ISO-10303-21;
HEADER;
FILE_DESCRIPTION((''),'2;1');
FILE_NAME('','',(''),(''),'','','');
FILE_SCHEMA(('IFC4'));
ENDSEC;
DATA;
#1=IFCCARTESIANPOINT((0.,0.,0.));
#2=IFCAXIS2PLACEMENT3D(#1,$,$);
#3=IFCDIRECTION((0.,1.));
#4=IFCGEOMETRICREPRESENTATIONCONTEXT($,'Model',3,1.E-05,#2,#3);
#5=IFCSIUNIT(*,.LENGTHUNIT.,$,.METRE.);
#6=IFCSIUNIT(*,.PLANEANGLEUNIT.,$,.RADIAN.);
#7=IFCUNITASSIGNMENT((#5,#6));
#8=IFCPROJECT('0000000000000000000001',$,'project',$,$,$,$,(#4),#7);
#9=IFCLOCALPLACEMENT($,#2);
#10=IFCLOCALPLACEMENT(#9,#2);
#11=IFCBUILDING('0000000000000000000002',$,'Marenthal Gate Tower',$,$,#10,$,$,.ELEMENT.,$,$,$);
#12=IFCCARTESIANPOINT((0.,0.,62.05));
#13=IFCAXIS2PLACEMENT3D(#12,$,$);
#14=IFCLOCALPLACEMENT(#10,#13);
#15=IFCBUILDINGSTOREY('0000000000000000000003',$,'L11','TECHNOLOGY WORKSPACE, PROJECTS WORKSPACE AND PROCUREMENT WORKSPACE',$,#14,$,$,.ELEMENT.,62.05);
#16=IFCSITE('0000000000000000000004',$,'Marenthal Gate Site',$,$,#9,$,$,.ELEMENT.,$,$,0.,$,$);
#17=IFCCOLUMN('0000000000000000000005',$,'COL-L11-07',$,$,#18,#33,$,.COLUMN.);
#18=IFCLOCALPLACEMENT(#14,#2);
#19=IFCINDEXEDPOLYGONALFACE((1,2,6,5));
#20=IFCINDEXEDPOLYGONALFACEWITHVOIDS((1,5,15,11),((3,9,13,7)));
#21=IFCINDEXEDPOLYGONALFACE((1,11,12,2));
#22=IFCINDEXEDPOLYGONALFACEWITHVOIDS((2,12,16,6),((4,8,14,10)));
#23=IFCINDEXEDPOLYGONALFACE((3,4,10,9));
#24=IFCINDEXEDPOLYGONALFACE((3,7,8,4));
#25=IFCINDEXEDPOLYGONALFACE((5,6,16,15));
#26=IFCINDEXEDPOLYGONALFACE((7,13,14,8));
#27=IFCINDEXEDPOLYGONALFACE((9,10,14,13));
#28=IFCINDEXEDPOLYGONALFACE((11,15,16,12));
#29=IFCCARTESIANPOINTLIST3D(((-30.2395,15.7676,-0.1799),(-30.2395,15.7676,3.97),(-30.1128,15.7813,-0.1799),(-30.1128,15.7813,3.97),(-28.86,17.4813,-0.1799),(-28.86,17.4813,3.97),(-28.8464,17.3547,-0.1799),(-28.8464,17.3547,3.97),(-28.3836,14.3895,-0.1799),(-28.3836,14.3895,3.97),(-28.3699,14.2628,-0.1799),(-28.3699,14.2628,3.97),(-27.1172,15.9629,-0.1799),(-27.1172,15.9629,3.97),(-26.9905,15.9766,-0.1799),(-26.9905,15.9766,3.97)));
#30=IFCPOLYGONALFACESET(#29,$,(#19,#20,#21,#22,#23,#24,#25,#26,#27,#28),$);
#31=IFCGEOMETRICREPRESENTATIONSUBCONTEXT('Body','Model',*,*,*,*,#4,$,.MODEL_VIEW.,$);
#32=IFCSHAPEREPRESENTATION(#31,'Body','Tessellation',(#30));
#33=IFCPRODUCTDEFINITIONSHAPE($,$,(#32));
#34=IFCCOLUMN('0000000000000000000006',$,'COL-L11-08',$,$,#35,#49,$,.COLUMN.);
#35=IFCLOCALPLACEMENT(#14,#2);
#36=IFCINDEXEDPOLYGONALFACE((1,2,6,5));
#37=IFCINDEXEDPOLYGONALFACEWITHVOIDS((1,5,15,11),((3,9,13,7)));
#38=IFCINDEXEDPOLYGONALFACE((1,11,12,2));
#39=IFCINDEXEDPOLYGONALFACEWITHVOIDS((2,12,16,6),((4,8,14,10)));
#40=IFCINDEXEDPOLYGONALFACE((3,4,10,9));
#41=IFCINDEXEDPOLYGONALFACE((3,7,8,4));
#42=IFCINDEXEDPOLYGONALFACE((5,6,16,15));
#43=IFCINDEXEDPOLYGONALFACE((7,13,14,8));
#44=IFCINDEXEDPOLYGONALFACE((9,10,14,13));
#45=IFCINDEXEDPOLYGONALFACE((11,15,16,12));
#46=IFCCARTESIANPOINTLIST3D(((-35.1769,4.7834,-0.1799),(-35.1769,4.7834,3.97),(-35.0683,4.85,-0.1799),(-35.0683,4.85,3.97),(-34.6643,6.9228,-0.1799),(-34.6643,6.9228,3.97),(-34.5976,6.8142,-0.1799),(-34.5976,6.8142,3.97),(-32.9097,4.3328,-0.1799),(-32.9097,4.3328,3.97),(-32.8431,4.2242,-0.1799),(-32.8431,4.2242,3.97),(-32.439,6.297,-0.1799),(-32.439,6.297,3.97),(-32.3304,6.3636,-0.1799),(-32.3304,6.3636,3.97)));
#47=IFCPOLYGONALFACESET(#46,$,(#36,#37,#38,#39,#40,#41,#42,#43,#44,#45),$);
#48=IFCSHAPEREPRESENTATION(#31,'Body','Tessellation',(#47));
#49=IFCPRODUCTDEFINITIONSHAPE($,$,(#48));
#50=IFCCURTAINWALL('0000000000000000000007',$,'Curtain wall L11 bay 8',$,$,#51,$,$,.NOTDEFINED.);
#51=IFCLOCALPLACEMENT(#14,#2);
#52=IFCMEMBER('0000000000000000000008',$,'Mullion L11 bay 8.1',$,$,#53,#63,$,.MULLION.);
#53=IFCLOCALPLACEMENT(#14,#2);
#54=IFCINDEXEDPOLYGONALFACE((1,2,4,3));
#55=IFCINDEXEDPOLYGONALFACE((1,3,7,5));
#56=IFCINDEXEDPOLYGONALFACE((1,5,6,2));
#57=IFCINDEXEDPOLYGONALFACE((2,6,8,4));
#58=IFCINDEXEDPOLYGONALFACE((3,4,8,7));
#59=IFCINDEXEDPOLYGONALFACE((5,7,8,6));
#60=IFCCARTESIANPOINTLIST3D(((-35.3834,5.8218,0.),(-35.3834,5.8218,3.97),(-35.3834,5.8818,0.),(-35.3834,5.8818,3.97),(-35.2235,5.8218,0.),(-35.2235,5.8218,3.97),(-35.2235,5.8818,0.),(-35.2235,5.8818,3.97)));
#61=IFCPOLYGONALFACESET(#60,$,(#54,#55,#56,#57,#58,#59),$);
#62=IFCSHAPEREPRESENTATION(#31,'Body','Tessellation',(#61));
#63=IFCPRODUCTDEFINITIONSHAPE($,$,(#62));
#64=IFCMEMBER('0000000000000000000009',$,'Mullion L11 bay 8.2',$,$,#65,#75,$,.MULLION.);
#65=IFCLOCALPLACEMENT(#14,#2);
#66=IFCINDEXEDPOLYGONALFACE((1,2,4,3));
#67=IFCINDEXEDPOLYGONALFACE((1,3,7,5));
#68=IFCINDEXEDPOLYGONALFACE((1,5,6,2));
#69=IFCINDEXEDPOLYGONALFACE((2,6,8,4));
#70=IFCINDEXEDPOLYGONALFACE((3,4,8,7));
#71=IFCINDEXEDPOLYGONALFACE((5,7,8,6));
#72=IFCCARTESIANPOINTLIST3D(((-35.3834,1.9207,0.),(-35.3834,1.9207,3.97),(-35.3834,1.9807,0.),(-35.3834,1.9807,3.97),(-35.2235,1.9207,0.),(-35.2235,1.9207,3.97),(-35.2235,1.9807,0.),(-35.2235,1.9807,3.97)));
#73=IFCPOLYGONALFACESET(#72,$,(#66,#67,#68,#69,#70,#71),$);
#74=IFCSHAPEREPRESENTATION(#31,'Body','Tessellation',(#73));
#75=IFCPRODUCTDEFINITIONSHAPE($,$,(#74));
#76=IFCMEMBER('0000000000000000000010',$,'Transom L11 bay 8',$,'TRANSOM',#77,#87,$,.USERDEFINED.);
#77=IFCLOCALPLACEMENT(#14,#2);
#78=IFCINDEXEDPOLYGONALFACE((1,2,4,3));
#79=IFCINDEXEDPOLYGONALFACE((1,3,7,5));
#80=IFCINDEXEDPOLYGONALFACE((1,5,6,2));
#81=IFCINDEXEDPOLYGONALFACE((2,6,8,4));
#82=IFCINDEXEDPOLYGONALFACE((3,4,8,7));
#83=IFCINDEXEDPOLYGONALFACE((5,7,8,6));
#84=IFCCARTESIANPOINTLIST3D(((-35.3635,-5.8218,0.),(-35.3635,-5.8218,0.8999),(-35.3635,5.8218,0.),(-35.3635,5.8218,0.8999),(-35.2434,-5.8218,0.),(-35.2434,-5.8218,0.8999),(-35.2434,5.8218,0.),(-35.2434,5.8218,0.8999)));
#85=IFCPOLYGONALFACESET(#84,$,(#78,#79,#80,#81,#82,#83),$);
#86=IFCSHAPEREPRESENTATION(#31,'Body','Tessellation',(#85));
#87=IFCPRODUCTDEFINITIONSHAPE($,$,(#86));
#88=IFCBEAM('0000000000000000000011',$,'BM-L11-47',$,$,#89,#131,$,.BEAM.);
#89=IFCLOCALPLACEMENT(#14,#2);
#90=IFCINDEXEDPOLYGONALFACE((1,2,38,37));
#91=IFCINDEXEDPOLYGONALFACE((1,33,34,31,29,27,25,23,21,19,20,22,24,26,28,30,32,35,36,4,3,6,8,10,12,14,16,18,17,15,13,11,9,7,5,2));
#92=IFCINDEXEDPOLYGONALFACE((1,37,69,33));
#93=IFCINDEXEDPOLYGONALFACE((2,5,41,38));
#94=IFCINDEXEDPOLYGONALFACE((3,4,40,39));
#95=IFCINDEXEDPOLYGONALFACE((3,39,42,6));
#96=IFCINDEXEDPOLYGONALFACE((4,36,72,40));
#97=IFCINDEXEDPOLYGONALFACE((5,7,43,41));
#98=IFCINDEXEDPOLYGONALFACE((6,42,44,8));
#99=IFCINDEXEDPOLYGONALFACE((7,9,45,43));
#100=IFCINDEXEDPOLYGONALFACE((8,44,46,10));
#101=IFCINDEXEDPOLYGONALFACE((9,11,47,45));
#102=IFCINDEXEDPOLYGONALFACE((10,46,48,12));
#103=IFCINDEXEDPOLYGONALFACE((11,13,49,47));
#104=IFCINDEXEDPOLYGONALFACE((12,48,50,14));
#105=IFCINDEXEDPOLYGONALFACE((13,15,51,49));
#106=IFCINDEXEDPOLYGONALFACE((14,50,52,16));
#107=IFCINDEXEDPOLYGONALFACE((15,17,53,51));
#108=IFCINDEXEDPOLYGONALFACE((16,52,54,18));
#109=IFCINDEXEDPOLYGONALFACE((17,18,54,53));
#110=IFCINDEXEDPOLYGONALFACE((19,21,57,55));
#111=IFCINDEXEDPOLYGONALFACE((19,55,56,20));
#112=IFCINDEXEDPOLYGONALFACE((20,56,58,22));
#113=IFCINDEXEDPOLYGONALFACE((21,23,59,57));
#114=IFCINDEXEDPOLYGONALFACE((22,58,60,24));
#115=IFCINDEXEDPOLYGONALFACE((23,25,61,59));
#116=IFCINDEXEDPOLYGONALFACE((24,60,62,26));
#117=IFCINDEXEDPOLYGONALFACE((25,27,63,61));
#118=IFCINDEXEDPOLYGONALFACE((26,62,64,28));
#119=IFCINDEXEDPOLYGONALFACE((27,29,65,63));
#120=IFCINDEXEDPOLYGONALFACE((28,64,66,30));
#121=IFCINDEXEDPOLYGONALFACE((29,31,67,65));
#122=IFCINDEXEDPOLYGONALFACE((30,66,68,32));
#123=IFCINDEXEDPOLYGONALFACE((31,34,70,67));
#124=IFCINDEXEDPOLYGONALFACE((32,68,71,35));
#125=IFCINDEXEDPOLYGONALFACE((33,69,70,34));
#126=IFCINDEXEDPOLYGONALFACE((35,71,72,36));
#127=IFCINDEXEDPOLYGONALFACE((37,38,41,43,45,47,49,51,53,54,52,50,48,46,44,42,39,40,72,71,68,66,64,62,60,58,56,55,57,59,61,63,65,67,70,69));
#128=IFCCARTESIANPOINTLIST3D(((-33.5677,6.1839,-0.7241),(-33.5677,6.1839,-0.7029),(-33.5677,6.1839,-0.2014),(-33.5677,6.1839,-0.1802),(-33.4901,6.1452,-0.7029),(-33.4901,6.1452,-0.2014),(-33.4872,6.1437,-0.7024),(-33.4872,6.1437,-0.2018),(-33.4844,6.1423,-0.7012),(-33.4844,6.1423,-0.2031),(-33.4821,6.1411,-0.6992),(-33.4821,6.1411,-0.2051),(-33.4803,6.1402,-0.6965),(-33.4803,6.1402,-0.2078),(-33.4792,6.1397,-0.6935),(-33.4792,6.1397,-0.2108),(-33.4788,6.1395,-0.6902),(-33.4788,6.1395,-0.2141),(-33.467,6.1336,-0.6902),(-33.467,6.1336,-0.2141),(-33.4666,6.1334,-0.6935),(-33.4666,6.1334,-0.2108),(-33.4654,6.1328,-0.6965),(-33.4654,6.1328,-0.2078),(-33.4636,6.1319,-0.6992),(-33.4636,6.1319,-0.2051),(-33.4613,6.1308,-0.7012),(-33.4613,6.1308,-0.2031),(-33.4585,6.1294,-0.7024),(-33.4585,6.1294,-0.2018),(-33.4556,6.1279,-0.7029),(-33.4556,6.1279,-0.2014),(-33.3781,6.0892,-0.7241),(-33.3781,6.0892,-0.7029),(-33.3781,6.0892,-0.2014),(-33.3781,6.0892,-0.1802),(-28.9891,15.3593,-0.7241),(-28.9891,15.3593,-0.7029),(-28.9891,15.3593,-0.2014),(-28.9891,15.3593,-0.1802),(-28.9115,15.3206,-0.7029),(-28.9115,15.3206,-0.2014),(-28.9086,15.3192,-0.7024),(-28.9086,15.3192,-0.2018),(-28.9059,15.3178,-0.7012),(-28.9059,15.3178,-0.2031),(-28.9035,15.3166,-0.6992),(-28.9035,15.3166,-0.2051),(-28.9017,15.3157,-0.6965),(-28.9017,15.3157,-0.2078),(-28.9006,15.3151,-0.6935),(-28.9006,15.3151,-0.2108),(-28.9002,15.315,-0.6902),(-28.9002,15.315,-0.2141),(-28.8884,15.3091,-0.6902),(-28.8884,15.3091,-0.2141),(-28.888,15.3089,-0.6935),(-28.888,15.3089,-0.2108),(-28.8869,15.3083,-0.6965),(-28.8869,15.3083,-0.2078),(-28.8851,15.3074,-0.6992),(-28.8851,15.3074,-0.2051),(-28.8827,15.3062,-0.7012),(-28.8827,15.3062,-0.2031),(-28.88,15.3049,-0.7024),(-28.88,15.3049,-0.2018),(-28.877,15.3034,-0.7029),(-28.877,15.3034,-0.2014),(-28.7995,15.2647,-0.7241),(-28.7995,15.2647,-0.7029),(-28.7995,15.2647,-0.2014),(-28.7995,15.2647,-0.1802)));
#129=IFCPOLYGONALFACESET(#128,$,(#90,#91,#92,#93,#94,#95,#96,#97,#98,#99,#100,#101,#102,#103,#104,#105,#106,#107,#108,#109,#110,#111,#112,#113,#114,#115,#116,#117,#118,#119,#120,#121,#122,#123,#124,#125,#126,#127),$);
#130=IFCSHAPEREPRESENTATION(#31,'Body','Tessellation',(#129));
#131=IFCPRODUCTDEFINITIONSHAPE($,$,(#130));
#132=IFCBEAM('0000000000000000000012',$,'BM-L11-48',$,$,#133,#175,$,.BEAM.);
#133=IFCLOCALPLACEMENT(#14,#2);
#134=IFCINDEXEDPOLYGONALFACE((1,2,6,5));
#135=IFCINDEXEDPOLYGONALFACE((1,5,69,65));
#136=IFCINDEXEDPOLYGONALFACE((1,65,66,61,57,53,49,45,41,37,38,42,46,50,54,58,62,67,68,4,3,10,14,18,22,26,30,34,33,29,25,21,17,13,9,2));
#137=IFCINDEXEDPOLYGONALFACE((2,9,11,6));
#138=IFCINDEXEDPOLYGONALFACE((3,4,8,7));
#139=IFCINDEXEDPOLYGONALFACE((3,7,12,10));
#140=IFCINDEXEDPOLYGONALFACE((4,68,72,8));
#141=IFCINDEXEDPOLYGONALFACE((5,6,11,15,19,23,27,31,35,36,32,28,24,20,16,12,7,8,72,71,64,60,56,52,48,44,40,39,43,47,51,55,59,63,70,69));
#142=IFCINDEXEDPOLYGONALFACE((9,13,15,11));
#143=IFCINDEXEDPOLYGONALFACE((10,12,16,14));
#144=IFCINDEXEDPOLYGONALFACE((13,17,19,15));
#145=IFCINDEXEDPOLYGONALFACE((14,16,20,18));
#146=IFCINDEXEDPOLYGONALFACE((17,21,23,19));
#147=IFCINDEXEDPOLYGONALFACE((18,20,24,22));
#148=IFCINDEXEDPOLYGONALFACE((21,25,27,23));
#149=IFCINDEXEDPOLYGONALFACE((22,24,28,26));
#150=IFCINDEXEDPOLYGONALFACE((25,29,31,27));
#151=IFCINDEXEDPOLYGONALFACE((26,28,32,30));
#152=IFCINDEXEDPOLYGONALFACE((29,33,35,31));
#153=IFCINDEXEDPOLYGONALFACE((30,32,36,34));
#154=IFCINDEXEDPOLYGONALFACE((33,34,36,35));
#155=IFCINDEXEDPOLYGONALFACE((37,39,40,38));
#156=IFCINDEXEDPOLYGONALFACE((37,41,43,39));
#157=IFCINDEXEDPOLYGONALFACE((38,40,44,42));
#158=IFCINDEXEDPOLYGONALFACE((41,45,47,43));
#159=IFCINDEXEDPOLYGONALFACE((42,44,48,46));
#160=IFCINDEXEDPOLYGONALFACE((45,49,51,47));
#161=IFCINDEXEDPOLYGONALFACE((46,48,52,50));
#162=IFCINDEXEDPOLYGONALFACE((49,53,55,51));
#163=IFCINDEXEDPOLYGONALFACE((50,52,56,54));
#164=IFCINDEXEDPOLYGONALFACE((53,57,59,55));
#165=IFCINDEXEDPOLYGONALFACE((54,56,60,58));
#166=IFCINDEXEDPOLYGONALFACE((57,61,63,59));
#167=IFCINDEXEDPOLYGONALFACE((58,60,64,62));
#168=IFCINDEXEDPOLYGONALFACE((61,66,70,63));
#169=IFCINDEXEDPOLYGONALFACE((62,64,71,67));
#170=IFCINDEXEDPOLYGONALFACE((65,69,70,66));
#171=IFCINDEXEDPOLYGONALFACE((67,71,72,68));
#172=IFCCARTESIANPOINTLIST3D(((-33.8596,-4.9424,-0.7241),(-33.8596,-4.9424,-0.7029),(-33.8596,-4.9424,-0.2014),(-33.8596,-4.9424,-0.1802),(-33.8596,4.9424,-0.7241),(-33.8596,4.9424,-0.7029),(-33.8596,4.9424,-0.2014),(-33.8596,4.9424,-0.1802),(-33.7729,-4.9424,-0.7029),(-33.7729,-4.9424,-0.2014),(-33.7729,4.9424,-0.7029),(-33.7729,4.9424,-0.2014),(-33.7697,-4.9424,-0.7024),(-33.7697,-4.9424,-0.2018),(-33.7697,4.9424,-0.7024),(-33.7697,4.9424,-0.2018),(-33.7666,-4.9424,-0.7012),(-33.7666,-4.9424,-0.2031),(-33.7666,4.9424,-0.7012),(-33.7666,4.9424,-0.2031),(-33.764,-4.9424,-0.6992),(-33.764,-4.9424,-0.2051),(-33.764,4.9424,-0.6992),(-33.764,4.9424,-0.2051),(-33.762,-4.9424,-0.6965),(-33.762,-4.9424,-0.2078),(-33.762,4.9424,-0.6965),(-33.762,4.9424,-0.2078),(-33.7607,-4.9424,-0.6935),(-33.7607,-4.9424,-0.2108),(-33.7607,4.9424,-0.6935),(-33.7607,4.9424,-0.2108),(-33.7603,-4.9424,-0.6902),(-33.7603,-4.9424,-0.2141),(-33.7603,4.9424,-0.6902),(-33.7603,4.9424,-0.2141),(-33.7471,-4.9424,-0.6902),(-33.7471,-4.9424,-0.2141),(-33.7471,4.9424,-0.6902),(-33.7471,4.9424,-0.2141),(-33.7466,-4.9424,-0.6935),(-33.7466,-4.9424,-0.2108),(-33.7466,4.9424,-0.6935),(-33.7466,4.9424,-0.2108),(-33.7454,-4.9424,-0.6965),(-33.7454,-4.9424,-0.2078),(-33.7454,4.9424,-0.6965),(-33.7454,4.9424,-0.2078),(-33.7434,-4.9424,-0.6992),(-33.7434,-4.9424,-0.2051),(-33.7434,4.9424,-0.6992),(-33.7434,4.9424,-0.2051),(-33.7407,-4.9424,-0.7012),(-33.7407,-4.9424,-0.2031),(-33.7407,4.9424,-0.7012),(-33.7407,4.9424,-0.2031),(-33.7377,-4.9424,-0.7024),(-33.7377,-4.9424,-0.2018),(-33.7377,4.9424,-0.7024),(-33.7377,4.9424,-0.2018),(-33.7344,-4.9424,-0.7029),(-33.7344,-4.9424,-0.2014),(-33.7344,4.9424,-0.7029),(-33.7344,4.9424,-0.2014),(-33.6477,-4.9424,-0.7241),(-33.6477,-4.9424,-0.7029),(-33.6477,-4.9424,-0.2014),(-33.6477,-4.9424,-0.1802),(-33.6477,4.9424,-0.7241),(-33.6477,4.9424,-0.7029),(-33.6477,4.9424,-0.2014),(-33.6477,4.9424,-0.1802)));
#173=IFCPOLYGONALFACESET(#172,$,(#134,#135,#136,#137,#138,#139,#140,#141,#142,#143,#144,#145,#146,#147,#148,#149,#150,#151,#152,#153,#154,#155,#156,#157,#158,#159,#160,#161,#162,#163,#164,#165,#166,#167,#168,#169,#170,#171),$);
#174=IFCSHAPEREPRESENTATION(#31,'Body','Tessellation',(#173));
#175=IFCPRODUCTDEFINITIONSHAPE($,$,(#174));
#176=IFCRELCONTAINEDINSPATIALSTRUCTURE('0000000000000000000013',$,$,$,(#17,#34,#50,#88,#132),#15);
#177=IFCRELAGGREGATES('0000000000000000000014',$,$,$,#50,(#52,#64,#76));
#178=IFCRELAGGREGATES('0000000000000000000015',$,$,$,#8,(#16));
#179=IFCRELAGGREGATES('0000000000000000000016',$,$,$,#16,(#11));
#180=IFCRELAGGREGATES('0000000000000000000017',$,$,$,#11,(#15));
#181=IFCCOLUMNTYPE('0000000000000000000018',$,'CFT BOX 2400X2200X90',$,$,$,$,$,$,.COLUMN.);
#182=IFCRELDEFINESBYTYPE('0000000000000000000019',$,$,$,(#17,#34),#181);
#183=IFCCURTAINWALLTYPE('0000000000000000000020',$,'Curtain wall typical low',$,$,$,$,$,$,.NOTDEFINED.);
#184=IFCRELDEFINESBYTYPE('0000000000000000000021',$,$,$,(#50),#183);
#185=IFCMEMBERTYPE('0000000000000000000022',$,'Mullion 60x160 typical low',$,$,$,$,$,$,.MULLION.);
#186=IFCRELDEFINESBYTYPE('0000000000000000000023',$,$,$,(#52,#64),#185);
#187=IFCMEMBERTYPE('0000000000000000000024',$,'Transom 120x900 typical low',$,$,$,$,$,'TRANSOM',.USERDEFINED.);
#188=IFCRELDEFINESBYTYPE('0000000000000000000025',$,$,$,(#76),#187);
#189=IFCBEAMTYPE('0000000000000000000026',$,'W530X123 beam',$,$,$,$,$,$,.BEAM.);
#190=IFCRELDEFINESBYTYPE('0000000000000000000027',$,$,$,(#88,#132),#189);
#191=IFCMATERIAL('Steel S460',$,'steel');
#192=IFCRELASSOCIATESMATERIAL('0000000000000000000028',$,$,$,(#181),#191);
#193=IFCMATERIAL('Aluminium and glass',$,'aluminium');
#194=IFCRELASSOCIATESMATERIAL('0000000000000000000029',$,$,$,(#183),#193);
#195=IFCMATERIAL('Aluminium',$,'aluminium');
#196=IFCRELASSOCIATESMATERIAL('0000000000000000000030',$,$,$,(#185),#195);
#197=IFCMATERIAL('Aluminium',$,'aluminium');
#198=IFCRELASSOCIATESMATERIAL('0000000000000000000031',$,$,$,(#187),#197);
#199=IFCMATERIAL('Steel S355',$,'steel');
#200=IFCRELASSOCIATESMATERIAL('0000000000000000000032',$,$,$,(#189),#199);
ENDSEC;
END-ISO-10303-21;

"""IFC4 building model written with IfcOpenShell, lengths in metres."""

from ifc_helpers import new_model, si_unit, direction, frame, origin, origin_2d, place, context, subcontext, project, spatial, rectangle, hollow_rectangle, i_section, extrude, material, material_profile, profile_set, type_object, element, aggregate, save


model = new_model("IFC4")

# Units and contexts
model_context = context("Model", 3, precision=1e-05, world=origin(), true_north=direction((0.0, 1.0)))
body_context = subcontext(model_context, "Body", "Model", "MODEL_VIEW")
ifc_project = project(units=[si_unit("LENGTHUNIT", "METRE"), si_unit("PLANEANGLEUNIT", "RADIAN")], contexts=[model_context])

# Site, building, storey
site_placement = place(None, origin())
site = spatial("IfcSite", under=ifc_project, at=site_placement, Name="Marenthal Gate Site", CompositionType="ELEMENT", RefElevation=0.0)
building_placement = place(site_placement, origin())
building = spatial("IfcBuilding", under=site, at=building_placement, Name="Marenthal Gate Tower", CompositionType="ELEMENT")
storey_placement = place(building_placement, frame((0.0, 0.0, 62.05)))
storey = spatial("IfcBuildingStorey", under=building, at=storey_placement, Name="L11", Description="TECHNOLOGY WORKSPACE, PROJECTS WORKSPACE AND PROCUREMENT WORKSPACE", CompositionType="ELEMENT", Elevation=62.05)

# Columns
ifc_material_1 = material(Name="Steel S460", Category="steel")
ifc_material_profile_1 = material_profile(ifc_material_1, hollow_rectangle(XDim=2.2, YDim=2.3999, WallThickness=0.0901, at=origin_2d()), Name="CFT BOX 2400X2200X90")
ifc_material_2 = material(Name="Concrete 70 MPa", Category="concrete")
ifc_material_profile_2 = material_profile(ifc_material_2, rectangle(XDim=2.02, YDim=2.22, at=origin_2d()), Name="CFT BOX 2400X2200X90 INFILL")
ifc_profile_set_1 = profile_set([ifc_material_profile_1, ifc_material_profile_2], Name="Steel S460 shell, Concrete 70 MPa infill")
column_type = type_object("IfcColumnType", Name="CFT BOX 2400X2200X90", PredefinedType="COLUMN", material=ifc_profile_set_1)
for number, where, z_axis, x_axis, name in (
    (1, (-28.615, 15.8721, -0.1799), (0.0, 0.0, 1.0), (0.627023, 0.779001, 0.0), "COL-L11-07"),
    (2, (-33.7537, 5.5735, -0.1799), (0.0, 0.0, 1.0), (0.233019, 0.972472, 0.0), "COL-L11-08"),
):
    element("IfcColumn", number, at=place(storey_placement, frame(where, z_axis=z_axis, x_axis=x_axis)), inside=storey, type_object=column_type, Name=name, PredefinedType="COLUMN", context=body_context, shape_type="SweptSolid", body=[
        extrude(hollow_rectangle(XDim=2.2, YDim=2.3999, WallThickness=0.0901, at=origin_2d()), origin(), (0.0, 0.0, 1.0), 4.1499),
    ])

# Curtain wall, members
ifc_material_3 = material(Name="Aluminium and glass", Category="aluminium")
curtain_wall_type = type_object("IfcCurtainWallType", Name="Curtain wall typical low", PredefinedType="NOTDEFINED", material=ifc_material_3)
curtain_wall_placement = place(storey_placement, origin())
curtain_wall = element("IfcCurtainWall", 3, at=curtain_wall_placement, inside=storey, type_object=curtain_wall_type, Name="Curtain wall L11 bay 8", PredefinedType="NOTDEFINED")
ifc_material_4 = material(Name="Aluminium", Category="aluminium")
ifc_material_profile_3 = material_profile(ifc_material_4, rectangle(XDim=0.1599, YDim=0.0601, at=origin_2d()), Name="60x160 aluminium mullion")
ifc_profile_set_2 = profile_set([ifc_material_profile_3], Name="Aluminium")
member_type_1 = type_object("IfcMemberType", Name="Mullion 60x160 typical low", PredefinedType="MULLION", material=ifc_profile_set_2)
member_1_placement = place(storey_placement, frame((-35.3035, 5.8518, 0.0), z_axis=(0.0, 0.0, 1.0), x_axis=(1.0, 0.0, 0.0)))
member_1 = element("IfcMember", 4, at=member_1_placement, type_object=member_type_1, Name="Mullion L11 bay 8.1", PredefinedType="MULLION", context=body_context, shape_type="SweptSolid", body=[
    extrude(rectangle(XDim=0.1599, YDim=0.0601, at=origin_2d()), origin(), (0.0, 0.0, 1.0), 3.97),
])
member_2_placement = place(storey_placement, frame((-35.3035, 1.9507, 0.0), z_axis=(0.0, 0.0, 1.0), x_axis=(1.0, 0.0, 0.0)))
member_2 = element("IfcMember", 5, at=member_2_placement, type_object=member_type_1, Name="Mullion L11 bay 8.2", PredefinedType="MULLION", context=body_context, shape_type="SweptSolid", body=[
    extrude(rectangle(XDim=0.1599, YDim=0.0601, at=origin_2d()), origin(), (0.0, 0.0, 1.0), 3.97),
])
ifc_material_5 = material(Name="Aluminium", Category="aluminium")
ifc_material_profile_4 = material_profile(ifc_material_5, rectangle(XDim=0.1201, YDim=0.8999, at=origin_2d()), Name="120x900 aluminium transom")
ifc_profile_set_3 = profile_set([ifc_material_profile_4], Name="Aluminium")
member_type_2 = type_object("IfcMemberType", Name="Transom 120x900 typical low", ElementType="TRANSOM", PredefinedType="USERDEFINED", material=ifc_profile_set_3)
member_3_placement = place(storey_placement, frame((-35.3035, 5.8218, 0.45), z_axis=(0.0, -1.0, 0.0), x_axis=(1.0, 0.0, 0.0)))
member_3 = element("IfcMember", 6, at=member_3_placement, type_object=member_type_2, Name="Transom L11 bay 8", ObjectType="TRANSOM", PredefinedType="USERDEFINED", context=body_context, shape_type="SweptSolid", body=[
    extrude(rectangle(XDim=0.1201, YDim=0.8999, at=origin_2d()), origin(), (0.0, 0.0, 1.0), 11.6436),
])

# Beams
ifc_material_6 = material(Name="Steel S355", Category="steel")
ifc_material_profile_5 = material_profile(ifc_material_6, i_section(OverallWidth=0.2119, OverallDepth=0.5439, WebThickness=0.0132, FlangeThickness=0.0212, FilletRadius=0.0127, at=origin_2d()), Name="W530X123")
ifc_profile_set_4 = profile_set([ifc_material_profile_5], Name="Steel S355")
beam_type_1 = type_object("IfcBeamType", Name="W530X123 beam", PredefinedType="BEAM", material=ifc_profile_set_4)
beam_1_placement = place(storey_placement, frame((-28.8943, 15.312, -0.4521), z_axis=(-0.446499, -0.894784, 0.0), x_axis=(0.894784, -0.446499, 0.0)))
element("IfcBeam", 7, at=beam_1_placement, inside=storey, type_object=beam_type_1, Name="BM-L11-47", PredefinedType="BEAM", context=body_context, shape_type="SweptSolid", body=[
    extrude(i_section(OverallWidth=0.2119, OverallDepth=0.5439, WebThickness=0.0132, FlangeThickness=0.0212, FilletRadius=0.0127, at=origin_2d()), origin(), (0.0, 0.0, 1.0), 10.2544),
])
beam_2_placement = place(storey_placement, frame((-33.7537, 4.9424, -0.4521), z_axis=(0.0, -1.0, 0.0), x_axis=(1.0, 0.0, 0.0)))
element("IfcBeam", 8, at=beam_2_placement, inside=storey, type_object=beam_type_1, Name="BM-L11-48", PredefinedType="BEAM", context=body_context, shape_type="SweptSolid", body=[
    extrude(i_section(OverallWidth=0.2119, OverallDepth=0.5439, WebThickness=0.0132, FlangeThickness=0.0212, FilletRadius=0.0127, at=origin_2d()), origin(), (0.0, 0.0, 1.0), 9.8848),
])

aggregate(curtain_wall, [member_1, member_2, member_3])

save(model, "model.ifc")
